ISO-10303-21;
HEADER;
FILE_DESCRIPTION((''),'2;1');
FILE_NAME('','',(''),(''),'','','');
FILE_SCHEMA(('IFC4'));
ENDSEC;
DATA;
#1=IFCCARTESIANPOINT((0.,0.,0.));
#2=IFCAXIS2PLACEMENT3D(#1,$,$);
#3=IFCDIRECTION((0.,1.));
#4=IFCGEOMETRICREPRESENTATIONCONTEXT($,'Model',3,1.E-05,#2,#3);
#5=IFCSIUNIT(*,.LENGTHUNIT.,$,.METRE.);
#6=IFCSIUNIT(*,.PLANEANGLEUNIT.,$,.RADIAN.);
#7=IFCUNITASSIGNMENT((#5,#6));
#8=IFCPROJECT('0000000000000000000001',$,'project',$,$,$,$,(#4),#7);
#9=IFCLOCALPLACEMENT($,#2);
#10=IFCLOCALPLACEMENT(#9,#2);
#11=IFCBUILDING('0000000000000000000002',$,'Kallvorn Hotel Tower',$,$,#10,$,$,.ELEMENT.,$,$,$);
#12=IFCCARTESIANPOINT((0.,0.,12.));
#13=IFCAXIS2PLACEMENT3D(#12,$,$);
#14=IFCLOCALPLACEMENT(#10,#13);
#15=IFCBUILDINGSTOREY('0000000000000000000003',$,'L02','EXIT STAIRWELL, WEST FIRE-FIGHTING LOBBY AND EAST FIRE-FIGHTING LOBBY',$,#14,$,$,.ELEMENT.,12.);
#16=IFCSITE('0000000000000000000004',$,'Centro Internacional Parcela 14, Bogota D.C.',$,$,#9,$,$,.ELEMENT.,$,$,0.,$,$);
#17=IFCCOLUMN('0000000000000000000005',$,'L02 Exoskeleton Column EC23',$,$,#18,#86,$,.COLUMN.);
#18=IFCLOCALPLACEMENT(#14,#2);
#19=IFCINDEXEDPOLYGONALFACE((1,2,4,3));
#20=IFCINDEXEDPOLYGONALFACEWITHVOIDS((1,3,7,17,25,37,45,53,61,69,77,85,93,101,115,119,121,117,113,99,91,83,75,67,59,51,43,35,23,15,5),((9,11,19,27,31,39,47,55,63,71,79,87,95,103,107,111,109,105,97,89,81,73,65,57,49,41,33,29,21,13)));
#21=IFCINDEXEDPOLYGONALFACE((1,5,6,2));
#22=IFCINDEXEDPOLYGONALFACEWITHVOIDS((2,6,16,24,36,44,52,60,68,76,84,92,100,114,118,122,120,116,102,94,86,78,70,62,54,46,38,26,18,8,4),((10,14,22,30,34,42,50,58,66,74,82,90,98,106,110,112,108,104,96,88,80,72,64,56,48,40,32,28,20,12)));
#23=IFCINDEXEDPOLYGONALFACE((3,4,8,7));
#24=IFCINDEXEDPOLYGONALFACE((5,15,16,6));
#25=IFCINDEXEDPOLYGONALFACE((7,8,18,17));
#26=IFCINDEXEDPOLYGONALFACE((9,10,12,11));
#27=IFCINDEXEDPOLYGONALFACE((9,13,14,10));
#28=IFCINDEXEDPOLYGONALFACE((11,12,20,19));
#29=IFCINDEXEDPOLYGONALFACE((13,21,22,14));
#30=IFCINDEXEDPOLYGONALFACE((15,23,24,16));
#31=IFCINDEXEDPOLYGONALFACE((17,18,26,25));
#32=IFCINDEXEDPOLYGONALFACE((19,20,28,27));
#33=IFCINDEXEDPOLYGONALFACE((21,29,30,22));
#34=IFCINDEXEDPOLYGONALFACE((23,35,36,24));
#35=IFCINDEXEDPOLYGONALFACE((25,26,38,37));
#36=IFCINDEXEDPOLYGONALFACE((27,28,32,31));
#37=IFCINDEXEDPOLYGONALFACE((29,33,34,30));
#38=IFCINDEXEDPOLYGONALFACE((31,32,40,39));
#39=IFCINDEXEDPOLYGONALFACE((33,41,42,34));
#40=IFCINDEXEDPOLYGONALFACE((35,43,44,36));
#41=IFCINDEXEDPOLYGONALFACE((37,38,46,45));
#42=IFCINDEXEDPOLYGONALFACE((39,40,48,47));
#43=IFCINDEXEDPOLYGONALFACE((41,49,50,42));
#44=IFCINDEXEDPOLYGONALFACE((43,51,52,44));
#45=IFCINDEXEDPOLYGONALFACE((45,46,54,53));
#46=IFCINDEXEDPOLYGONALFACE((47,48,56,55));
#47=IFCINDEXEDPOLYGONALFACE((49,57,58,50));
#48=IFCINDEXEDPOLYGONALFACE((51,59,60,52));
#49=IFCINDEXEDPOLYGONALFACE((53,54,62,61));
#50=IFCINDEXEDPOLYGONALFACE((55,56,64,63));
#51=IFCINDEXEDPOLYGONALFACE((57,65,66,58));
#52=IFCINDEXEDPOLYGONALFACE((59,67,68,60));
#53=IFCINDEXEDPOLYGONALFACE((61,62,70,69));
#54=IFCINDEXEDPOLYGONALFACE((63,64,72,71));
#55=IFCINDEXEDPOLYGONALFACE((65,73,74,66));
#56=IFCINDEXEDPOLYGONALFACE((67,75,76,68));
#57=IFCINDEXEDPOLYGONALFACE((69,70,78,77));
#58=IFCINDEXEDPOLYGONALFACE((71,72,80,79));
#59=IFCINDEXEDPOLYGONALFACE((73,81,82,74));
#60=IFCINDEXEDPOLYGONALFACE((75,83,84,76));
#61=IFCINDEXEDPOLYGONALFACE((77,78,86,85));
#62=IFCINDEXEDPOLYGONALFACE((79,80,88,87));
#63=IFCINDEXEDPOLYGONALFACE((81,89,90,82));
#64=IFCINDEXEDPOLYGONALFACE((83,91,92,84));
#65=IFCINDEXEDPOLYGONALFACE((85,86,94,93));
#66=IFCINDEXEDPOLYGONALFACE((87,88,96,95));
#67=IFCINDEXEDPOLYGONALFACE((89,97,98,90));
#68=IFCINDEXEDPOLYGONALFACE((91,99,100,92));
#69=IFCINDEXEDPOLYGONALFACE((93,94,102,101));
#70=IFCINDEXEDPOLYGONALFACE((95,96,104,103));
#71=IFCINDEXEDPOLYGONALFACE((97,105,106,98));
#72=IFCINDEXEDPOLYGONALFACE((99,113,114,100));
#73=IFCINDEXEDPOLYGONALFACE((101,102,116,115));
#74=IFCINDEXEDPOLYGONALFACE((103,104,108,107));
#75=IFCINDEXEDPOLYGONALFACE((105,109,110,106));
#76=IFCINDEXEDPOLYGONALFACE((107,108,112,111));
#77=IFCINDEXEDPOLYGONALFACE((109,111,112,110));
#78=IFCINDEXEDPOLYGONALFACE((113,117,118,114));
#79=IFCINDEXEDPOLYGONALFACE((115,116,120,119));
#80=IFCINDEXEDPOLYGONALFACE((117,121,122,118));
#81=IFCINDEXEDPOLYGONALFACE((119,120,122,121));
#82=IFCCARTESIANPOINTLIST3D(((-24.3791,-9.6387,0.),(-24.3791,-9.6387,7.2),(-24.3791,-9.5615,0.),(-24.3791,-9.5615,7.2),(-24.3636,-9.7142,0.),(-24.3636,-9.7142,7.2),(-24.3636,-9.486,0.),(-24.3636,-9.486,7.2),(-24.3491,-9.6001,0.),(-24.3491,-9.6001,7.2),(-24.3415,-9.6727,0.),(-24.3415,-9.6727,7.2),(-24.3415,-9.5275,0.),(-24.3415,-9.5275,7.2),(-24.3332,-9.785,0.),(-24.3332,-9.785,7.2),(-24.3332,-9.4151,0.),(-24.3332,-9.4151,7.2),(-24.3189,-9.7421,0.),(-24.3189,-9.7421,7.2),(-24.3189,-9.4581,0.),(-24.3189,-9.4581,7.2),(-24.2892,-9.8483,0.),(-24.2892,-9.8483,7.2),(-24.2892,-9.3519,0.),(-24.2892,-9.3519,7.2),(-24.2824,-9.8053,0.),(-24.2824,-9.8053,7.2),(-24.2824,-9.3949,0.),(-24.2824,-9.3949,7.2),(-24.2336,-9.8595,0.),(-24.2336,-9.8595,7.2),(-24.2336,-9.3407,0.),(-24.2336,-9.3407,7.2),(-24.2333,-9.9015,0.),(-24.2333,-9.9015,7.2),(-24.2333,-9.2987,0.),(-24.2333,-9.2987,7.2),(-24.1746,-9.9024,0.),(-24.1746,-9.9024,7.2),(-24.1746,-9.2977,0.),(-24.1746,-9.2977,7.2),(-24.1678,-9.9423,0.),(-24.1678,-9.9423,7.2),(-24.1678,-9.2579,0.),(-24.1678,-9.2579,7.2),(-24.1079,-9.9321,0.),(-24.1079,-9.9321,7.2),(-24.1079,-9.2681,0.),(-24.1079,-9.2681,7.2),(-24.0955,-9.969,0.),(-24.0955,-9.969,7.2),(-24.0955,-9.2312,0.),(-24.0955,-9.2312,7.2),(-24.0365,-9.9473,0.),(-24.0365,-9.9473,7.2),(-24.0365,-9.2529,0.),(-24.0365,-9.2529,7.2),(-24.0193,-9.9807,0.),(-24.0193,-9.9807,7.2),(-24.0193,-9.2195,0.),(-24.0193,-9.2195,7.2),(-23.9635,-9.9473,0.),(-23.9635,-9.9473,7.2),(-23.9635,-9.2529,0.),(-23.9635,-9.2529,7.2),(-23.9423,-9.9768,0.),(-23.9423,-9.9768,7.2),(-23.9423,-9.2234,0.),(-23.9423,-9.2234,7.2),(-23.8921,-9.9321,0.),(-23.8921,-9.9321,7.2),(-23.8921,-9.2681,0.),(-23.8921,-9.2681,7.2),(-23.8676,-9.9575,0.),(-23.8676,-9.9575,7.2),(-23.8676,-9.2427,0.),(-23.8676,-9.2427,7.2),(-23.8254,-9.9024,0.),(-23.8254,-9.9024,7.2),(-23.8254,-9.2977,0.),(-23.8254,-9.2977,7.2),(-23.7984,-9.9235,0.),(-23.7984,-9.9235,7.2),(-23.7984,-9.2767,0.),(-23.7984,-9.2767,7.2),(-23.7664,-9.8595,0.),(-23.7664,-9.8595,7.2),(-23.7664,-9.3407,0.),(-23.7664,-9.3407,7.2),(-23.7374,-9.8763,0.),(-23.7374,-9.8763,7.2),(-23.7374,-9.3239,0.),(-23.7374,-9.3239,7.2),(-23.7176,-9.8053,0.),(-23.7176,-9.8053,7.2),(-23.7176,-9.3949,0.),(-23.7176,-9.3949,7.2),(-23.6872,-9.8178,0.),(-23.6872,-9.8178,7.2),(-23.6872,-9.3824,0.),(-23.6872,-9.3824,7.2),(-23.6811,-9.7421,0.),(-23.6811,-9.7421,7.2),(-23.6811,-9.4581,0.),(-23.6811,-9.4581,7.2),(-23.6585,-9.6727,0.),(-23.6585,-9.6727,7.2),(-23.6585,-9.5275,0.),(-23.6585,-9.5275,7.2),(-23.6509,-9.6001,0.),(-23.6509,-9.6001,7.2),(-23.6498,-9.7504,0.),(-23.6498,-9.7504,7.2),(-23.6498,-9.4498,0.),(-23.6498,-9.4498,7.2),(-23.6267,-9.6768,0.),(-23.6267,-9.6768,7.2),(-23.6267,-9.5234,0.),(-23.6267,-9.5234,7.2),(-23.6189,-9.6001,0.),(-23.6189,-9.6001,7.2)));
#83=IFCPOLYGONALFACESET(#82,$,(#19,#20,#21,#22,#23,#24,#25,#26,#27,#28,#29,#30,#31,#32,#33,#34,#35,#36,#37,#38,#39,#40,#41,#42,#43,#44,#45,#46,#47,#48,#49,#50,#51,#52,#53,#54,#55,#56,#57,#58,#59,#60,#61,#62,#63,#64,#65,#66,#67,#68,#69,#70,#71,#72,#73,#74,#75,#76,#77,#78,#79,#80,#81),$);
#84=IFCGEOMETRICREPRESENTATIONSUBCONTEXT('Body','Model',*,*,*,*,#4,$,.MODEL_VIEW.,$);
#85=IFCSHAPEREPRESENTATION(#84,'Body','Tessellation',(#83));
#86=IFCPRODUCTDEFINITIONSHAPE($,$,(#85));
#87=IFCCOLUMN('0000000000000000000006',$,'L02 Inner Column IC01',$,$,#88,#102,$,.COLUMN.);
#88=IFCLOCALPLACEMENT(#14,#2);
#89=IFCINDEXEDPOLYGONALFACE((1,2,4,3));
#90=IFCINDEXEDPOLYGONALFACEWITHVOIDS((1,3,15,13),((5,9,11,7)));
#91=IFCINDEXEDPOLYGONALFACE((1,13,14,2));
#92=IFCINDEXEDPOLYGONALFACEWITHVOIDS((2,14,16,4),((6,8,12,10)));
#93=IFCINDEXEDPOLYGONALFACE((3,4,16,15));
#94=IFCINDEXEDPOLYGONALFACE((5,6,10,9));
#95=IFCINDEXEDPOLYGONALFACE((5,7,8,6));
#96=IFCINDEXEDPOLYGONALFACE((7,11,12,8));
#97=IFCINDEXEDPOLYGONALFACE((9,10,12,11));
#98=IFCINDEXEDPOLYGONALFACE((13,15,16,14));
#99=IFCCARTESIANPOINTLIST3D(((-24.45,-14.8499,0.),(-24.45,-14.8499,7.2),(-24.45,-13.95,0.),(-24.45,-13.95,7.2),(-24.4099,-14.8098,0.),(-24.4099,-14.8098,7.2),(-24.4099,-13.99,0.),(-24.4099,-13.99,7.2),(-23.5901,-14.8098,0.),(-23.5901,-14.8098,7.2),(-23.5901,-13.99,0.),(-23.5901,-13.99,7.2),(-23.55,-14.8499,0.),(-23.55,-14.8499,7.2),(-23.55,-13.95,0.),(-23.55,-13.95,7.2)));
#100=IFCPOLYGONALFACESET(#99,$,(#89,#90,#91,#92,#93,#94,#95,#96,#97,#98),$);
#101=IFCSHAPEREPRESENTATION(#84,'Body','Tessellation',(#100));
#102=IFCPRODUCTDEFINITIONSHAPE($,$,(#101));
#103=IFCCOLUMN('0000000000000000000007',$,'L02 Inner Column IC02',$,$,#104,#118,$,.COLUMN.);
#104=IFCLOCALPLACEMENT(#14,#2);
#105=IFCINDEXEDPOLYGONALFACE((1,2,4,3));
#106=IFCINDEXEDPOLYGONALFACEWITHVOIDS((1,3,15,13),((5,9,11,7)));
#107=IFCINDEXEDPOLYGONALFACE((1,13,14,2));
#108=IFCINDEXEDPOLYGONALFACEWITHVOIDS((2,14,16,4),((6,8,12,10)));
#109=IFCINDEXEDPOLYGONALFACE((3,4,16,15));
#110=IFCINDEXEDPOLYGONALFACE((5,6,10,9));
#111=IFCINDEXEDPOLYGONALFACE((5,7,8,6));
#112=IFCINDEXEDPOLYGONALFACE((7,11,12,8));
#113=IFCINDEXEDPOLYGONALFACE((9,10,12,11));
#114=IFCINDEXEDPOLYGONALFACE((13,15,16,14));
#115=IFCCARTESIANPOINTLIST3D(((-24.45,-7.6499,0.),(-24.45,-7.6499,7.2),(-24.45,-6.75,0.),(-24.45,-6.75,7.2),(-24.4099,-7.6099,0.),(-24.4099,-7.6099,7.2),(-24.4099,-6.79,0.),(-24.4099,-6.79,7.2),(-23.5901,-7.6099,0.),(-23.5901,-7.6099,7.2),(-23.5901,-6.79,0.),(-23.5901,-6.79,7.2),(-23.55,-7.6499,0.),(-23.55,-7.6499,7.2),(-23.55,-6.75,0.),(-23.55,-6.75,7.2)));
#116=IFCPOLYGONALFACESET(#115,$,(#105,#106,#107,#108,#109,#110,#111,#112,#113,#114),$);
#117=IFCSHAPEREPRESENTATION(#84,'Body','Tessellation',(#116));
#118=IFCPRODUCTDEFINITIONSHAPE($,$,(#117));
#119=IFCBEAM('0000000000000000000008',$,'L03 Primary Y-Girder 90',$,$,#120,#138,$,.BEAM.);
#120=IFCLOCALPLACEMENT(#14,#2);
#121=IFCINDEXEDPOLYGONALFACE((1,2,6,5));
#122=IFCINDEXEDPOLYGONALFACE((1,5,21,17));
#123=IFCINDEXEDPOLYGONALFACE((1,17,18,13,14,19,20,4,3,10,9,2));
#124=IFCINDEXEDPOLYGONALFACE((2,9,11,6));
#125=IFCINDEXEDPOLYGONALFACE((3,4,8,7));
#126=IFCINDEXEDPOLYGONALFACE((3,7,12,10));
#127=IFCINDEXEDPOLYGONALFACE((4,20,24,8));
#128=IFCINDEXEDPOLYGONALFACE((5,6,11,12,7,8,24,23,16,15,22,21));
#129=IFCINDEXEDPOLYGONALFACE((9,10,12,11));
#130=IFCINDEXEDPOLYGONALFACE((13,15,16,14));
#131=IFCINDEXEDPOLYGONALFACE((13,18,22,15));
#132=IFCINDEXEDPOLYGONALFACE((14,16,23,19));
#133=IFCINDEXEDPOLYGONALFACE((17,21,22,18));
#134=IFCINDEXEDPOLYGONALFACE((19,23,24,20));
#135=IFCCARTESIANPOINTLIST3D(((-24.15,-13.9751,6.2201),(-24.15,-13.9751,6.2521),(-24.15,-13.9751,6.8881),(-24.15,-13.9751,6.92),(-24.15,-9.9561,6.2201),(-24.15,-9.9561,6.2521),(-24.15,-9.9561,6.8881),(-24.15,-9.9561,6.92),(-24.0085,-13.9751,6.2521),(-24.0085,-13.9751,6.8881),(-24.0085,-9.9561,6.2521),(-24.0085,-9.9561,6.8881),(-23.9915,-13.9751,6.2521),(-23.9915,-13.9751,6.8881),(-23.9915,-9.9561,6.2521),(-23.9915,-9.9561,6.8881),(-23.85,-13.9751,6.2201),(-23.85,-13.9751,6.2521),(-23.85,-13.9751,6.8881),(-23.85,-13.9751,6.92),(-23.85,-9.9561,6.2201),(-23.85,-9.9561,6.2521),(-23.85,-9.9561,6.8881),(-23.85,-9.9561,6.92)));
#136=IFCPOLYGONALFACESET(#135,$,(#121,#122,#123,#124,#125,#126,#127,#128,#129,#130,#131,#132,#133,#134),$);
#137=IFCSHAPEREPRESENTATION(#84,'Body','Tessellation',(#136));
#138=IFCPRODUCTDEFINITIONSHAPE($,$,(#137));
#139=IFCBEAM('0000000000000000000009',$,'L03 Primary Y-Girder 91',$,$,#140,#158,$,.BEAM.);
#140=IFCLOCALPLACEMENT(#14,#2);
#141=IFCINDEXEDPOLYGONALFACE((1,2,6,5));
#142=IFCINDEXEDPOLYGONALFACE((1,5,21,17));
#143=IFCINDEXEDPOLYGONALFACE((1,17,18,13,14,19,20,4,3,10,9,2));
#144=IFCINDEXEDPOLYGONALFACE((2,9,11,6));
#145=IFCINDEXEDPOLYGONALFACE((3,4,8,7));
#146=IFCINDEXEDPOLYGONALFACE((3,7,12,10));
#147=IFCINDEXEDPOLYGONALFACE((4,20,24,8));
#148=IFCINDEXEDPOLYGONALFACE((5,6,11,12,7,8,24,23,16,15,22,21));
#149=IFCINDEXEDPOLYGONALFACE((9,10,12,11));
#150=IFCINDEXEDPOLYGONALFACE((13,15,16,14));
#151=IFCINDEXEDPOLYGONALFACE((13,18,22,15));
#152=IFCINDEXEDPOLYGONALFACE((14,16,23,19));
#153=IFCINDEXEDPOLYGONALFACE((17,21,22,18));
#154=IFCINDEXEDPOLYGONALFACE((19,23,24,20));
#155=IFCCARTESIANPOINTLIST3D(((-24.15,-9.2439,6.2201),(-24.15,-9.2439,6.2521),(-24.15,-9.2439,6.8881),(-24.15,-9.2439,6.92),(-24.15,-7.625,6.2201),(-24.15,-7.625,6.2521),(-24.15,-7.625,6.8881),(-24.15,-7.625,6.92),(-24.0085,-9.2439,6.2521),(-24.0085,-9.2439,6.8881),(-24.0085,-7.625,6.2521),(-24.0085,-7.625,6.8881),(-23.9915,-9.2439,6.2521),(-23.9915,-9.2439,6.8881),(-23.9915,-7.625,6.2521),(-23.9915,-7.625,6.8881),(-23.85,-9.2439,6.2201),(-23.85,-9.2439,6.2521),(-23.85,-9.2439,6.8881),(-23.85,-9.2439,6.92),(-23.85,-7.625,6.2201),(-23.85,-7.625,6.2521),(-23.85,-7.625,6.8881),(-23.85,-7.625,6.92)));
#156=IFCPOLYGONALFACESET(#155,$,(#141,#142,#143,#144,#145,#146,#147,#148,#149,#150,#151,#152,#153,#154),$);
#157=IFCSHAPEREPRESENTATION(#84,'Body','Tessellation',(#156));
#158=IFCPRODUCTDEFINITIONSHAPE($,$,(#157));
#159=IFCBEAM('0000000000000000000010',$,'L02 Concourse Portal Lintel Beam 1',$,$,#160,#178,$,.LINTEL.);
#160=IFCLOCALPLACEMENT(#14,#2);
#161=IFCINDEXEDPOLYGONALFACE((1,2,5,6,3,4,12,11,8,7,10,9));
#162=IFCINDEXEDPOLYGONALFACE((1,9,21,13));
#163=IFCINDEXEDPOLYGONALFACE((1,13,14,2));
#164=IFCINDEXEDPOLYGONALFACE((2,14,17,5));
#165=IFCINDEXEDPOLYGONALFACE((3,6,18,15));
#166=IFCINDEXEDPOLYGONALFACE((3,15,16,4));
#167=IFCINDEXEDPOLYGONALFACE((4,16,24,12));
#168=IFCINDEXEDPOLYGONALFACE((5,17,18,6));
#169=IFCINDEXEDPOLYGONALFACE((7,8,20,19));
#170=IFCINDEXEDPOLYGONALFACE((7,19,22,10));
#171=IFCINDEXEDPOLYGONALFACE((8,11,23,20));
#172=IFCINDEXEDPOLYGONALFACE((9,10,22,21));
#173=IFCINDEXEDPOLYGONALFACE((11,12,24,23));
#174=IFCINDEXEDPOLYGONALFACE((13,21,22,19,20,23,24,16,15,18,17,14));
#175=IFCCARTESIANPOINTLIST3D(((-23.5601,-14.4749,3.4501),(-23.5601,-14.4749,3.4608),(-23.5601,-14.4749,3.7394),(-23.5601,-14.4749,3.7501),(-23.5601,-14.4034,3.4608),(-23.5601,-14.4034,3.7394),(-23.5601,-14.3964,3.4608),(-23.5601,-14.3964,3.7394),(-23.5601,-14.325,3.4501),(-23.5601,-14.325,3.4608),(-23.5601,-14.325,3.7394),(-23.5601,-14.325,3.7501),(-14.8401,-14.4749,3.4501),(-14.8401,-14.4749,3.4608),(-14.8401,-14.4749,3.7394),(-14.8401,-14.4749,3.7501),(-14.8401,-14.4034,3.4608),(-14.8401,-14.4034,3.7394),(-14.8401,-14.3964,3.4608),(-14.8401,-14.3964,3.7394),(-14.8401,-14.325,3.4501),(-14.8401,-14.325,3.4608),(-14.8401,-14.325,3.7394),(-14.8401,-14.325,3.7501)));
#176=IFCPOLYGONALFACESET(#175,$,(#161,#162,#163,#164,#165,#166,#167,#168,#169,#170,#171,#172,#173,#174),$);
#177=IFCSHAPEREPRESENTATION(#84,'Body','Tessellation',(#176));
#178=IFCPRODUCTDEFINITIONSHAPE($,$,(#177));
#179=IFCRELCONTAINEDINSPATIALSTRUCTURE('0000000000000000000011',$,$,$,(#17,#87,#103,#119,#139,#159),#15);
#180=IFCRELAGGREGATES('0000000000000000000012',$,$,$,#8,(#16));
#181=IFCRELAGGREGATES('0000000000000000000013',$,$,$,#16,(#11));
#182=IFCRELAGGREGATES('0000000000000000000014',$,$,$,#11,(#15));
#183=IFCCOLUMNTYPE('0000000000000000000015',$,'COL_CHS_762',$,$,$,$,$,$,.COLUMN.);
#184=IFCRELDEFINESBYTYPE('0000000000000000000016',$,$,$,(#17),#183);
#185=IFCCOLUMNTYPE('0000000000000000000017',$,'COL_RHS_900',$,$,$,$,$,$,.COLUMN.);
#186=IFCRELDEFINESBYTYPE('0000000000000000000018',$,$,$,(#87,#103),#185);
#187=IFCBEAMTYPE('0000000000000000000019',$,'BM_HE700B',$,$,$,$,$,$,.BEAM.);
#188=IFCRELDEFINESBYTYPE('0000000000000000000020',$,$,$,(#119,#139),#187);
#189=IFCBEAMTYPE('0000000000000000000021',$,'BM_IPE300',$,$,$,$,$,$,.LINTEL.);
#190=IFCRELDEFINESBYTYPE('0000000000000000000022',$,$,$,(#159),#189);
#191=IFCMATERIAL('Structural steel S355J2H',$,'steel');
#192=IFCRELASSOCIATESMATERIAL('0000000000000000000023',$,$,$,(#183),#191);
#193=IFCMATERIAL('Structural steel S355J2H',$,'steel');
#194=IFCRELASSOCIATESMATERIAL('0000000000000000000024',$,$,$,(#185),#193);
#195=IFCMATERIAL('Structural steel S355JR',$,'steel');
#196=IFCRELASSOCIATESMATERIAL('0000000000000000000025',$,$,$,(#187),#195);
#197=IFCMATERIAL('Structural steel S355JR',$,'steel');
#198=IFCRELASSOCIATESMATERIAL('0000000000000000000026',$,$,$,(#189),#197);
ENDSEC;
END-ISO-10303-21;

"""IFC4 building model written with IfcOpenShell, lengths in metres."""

from ifc_helpers import new_model, si_unit, direction, frame, origin, origin_2d, place, context, subcontext, project, spatial, hollow_rectangle, hollow_circle, i_section, extrude, material, material_profile, profile_set, type_object, element, save


model = new_model("IFC4")

# Units and contexts
model_context = context("Model", 3, precision=1e-05, world=origin(), true_north=direction((0.0, 1.0)))
body_context = subcontext(model_context, "Body", "Model", "MODEL_VIEW")
ifc_project = project(units=[si_unit("LENGTHUNIT", "METRE"), si_unit("PLANEANGLEUNIT", "RADIAN")], contexts=[model_context])

# Site, building, storey
site_placement = place(None, origin())
site = spatial("IfcSite", under=ifc_project, at=site_placement, Name="Centro Internacional Parcela 14, Bogota D.C.", CompositionType="ELEMENT", RefElevation=0.0)
building_placement = place(site_placement, origin())
building = spatial("IfcBuilding", under=site, at=building_placement, Name="Kallvorn Hotel Tower", CompositionType="ELEMENT")
storey_placement = place(building_placement, frame((0.0, 0.0, 12.0)))
storey = spatial("IfcBuildingStorey", under=building, at=storey_placement, Name="L02", Description="EXIT STAIRWELL, WEST FIRE-FIGHTING LOBBY AND EAST FIRE-FIGHTING LOBBY", CompositionType="ELEMENT", Elevation=12.0)

# Columns
ifc_material_1 = material(Name="Structural steel S355J2H", Category="steel")
ifc_material_profile_1 = material_profile(ifc_material_1, hollow_circle(Radius=0.3811, WallThickness=0.032, at=origin_2d()), Name="CHS 762x32")
ifc_profile_set_1 = profile_set([ifc_material_profile_1], Name="Structural steel S355J2H")
column_type_1 = type_object("IfcColumnType", Name="COL_CHS_762", PredefinedType="COLUMN", material=ifc_profile_set_1)
column_placement = place(storey_placement, frame((-24.0, -9.6001, 0.0), z_axis=(0.0, 0.0, 1.0), x_axis=(1.0, 0.0, 0.0)))
element("IfcColumn", 1, at=column_placement, inside=storey, type_object=column_type_1, Name="L02 Exoskeleton Column EC23", PredefinedType="COLUMN", context=body_context, shape_type="SweptSolid", body=[
    extrude(hollow_circle(Radius=0.3811, WallThickness=0.032, at=origin_2d()), origin(), (0.0, 0.0, 1.0), 7.2),
])
ifc_material_2 = material(Name="Structural steel S355J2H", Category="steel")
ifc_material_profile_2 = material_profile(ifc_material_2, hollow_rectangle(XDim=0.8999, YDim=0.8999, WallThickness=0.04, at=origin_2d()), Name="RHS 900x900x40")
ifc_profile_set_2 = profile_set([ifc_material_profile_2], Name="Structural steel S355J2H")
column_type_2 = type_object("IfcColumnType", Name="COL_RHS_900", PredefinedType="COLUMN", material=ifc_profile_set_2)
for number, where, z_axis, x_axis, name in (
    (2, (-24.0, -14.3999, 0.0), (0.0, 0.0, 1.0), (1.0, 0.0, 0.0), "L02 Inner Column IC01"),
    (3, (-24.0, -7.2, 0.0), (0.0, 0.0, 1.0), (1.0, 0.0, 0.0), "L02 Inner Column IC02"),
):
    element("IfcColumn", number, at=place(storey_placement, frame(where, z_axis=z_axis, x_axis=x_axis)), inside=storey, type_object=column_type_2, Name=name, PredefinedType="COLUMN", context=body_context, shape_type="SweptSolid", body=[
        extrude(hollow_rectangle(XDim=0.8999, YDim=0.8999, WallThickness=0.04, at=origin_2d()), origin(), (0.0, 0.0, 1.0), 7.2),
    ])

# Beams
ifc_material_3 = material(Name="Structural steel S355JR", Category="steel")
ifc_material_profile_3 = material_profile(ifc_material_3, i_section(OverallWidth=0.3, OverallDepth=0.7, WebThickness=0.0171, FlangeThickness=0.032, at=origin_2d()), Name="HE 700 B")
ifc_profile_set_3 = profile_set([ifc_material_profile_3], Name="Structural steel S355JR")
beam_type_1 = type_object("IfcBeamType", Name="BM_HE700B", PredefinedType="BEAM", material=ifc_profile_set_3)
beam_1_placement = place(storey_placement, frame((-24.0, -13.9751, 6.5701), z_axis=(0.0, 1.0, 0.0), x_axis=(-1.0, 0.0, 0.0)))
element("IfcBeam", 4, at=beam_1_placement, inside=storey, type_object=beam_type_1, Name="L03 Primary Y-Girder 90", PredefinedType="BEAM", context=body_context, shape_type="SweptSolid", body=[
    extrude(i_section(OverallWidth=0.3, OverallDepth=0.7, WebThickness=0.0171, FlangeThickness=0.032, at=origin_2d()), origin(), (0.0, 0.0, 1.0), 4.019),
])
beam_2_placement = place(storey_placement, frame((-24.0, -9.2439, 6.5701), z_axis=(0.0, 1.0, 0.0), x_axis=(-1.0, 0.0, 0.0)))
element("IfcBeam", 5, at=beam_2_placement, inside=storey, type_object=beam_type_1, Name="L03 Primary Y-Girder 91", PredefinedType="BEAM", context=body_context, shape_type="SweptSolid", body=[
    extrude(i_section(OverallWidth=0.3, OverallDepth=0.7, WebThickness=0.0171, FlangeThickness=0.032, at=origin_2d()), origin(), (0.0, 0.0, 1.0), 1.6189),
])
ifc_material_4 = material(Name="Structural steel S355JR", Category="steel")
ifc_material_profile_4 = material_profile(ifc_material_4, i_section(OverallWidth=0.1499, OverallDepth=0.3, WebThickness=0.0071, FlangeThickness=0.0107, at=origin_2d()), Name="IPE 300")
ifc_profile_set_4 = profile_set([ifc_material_profile_4], Name="Structural steel S355JR")
beam_type_2 = type_object("IfcBeamType", Name="BM_IPE300", PredefinedType="LINTEL", material=ifc_profile_set_4)
beam_3_placement = place(storey_placement, frame((-23.5601, -14.3999, 3.6001), z_axis=(1.0, 0.0, 0.0), x_axis=(0.0, 1.0, 0.0)))
element("IfcBeam", 6, at=beam_3_placement, inside=storey, type_object=beam_type_2, Name="L02 Concourse Portal Lintel Beam 1", PredefinedType="LINTEL", context=body_context, shape_type="SweptSolid", body=[
    extrude(i_section(OverallWidth=0.1499, OverallDepth=0.3, WebThickness=0.0071, FlangeThickness=0.0107, at=origin_2d()), origin(), (0.0, 0.0, 1.0), 8.72),
])

save(model, "model.ifc")
